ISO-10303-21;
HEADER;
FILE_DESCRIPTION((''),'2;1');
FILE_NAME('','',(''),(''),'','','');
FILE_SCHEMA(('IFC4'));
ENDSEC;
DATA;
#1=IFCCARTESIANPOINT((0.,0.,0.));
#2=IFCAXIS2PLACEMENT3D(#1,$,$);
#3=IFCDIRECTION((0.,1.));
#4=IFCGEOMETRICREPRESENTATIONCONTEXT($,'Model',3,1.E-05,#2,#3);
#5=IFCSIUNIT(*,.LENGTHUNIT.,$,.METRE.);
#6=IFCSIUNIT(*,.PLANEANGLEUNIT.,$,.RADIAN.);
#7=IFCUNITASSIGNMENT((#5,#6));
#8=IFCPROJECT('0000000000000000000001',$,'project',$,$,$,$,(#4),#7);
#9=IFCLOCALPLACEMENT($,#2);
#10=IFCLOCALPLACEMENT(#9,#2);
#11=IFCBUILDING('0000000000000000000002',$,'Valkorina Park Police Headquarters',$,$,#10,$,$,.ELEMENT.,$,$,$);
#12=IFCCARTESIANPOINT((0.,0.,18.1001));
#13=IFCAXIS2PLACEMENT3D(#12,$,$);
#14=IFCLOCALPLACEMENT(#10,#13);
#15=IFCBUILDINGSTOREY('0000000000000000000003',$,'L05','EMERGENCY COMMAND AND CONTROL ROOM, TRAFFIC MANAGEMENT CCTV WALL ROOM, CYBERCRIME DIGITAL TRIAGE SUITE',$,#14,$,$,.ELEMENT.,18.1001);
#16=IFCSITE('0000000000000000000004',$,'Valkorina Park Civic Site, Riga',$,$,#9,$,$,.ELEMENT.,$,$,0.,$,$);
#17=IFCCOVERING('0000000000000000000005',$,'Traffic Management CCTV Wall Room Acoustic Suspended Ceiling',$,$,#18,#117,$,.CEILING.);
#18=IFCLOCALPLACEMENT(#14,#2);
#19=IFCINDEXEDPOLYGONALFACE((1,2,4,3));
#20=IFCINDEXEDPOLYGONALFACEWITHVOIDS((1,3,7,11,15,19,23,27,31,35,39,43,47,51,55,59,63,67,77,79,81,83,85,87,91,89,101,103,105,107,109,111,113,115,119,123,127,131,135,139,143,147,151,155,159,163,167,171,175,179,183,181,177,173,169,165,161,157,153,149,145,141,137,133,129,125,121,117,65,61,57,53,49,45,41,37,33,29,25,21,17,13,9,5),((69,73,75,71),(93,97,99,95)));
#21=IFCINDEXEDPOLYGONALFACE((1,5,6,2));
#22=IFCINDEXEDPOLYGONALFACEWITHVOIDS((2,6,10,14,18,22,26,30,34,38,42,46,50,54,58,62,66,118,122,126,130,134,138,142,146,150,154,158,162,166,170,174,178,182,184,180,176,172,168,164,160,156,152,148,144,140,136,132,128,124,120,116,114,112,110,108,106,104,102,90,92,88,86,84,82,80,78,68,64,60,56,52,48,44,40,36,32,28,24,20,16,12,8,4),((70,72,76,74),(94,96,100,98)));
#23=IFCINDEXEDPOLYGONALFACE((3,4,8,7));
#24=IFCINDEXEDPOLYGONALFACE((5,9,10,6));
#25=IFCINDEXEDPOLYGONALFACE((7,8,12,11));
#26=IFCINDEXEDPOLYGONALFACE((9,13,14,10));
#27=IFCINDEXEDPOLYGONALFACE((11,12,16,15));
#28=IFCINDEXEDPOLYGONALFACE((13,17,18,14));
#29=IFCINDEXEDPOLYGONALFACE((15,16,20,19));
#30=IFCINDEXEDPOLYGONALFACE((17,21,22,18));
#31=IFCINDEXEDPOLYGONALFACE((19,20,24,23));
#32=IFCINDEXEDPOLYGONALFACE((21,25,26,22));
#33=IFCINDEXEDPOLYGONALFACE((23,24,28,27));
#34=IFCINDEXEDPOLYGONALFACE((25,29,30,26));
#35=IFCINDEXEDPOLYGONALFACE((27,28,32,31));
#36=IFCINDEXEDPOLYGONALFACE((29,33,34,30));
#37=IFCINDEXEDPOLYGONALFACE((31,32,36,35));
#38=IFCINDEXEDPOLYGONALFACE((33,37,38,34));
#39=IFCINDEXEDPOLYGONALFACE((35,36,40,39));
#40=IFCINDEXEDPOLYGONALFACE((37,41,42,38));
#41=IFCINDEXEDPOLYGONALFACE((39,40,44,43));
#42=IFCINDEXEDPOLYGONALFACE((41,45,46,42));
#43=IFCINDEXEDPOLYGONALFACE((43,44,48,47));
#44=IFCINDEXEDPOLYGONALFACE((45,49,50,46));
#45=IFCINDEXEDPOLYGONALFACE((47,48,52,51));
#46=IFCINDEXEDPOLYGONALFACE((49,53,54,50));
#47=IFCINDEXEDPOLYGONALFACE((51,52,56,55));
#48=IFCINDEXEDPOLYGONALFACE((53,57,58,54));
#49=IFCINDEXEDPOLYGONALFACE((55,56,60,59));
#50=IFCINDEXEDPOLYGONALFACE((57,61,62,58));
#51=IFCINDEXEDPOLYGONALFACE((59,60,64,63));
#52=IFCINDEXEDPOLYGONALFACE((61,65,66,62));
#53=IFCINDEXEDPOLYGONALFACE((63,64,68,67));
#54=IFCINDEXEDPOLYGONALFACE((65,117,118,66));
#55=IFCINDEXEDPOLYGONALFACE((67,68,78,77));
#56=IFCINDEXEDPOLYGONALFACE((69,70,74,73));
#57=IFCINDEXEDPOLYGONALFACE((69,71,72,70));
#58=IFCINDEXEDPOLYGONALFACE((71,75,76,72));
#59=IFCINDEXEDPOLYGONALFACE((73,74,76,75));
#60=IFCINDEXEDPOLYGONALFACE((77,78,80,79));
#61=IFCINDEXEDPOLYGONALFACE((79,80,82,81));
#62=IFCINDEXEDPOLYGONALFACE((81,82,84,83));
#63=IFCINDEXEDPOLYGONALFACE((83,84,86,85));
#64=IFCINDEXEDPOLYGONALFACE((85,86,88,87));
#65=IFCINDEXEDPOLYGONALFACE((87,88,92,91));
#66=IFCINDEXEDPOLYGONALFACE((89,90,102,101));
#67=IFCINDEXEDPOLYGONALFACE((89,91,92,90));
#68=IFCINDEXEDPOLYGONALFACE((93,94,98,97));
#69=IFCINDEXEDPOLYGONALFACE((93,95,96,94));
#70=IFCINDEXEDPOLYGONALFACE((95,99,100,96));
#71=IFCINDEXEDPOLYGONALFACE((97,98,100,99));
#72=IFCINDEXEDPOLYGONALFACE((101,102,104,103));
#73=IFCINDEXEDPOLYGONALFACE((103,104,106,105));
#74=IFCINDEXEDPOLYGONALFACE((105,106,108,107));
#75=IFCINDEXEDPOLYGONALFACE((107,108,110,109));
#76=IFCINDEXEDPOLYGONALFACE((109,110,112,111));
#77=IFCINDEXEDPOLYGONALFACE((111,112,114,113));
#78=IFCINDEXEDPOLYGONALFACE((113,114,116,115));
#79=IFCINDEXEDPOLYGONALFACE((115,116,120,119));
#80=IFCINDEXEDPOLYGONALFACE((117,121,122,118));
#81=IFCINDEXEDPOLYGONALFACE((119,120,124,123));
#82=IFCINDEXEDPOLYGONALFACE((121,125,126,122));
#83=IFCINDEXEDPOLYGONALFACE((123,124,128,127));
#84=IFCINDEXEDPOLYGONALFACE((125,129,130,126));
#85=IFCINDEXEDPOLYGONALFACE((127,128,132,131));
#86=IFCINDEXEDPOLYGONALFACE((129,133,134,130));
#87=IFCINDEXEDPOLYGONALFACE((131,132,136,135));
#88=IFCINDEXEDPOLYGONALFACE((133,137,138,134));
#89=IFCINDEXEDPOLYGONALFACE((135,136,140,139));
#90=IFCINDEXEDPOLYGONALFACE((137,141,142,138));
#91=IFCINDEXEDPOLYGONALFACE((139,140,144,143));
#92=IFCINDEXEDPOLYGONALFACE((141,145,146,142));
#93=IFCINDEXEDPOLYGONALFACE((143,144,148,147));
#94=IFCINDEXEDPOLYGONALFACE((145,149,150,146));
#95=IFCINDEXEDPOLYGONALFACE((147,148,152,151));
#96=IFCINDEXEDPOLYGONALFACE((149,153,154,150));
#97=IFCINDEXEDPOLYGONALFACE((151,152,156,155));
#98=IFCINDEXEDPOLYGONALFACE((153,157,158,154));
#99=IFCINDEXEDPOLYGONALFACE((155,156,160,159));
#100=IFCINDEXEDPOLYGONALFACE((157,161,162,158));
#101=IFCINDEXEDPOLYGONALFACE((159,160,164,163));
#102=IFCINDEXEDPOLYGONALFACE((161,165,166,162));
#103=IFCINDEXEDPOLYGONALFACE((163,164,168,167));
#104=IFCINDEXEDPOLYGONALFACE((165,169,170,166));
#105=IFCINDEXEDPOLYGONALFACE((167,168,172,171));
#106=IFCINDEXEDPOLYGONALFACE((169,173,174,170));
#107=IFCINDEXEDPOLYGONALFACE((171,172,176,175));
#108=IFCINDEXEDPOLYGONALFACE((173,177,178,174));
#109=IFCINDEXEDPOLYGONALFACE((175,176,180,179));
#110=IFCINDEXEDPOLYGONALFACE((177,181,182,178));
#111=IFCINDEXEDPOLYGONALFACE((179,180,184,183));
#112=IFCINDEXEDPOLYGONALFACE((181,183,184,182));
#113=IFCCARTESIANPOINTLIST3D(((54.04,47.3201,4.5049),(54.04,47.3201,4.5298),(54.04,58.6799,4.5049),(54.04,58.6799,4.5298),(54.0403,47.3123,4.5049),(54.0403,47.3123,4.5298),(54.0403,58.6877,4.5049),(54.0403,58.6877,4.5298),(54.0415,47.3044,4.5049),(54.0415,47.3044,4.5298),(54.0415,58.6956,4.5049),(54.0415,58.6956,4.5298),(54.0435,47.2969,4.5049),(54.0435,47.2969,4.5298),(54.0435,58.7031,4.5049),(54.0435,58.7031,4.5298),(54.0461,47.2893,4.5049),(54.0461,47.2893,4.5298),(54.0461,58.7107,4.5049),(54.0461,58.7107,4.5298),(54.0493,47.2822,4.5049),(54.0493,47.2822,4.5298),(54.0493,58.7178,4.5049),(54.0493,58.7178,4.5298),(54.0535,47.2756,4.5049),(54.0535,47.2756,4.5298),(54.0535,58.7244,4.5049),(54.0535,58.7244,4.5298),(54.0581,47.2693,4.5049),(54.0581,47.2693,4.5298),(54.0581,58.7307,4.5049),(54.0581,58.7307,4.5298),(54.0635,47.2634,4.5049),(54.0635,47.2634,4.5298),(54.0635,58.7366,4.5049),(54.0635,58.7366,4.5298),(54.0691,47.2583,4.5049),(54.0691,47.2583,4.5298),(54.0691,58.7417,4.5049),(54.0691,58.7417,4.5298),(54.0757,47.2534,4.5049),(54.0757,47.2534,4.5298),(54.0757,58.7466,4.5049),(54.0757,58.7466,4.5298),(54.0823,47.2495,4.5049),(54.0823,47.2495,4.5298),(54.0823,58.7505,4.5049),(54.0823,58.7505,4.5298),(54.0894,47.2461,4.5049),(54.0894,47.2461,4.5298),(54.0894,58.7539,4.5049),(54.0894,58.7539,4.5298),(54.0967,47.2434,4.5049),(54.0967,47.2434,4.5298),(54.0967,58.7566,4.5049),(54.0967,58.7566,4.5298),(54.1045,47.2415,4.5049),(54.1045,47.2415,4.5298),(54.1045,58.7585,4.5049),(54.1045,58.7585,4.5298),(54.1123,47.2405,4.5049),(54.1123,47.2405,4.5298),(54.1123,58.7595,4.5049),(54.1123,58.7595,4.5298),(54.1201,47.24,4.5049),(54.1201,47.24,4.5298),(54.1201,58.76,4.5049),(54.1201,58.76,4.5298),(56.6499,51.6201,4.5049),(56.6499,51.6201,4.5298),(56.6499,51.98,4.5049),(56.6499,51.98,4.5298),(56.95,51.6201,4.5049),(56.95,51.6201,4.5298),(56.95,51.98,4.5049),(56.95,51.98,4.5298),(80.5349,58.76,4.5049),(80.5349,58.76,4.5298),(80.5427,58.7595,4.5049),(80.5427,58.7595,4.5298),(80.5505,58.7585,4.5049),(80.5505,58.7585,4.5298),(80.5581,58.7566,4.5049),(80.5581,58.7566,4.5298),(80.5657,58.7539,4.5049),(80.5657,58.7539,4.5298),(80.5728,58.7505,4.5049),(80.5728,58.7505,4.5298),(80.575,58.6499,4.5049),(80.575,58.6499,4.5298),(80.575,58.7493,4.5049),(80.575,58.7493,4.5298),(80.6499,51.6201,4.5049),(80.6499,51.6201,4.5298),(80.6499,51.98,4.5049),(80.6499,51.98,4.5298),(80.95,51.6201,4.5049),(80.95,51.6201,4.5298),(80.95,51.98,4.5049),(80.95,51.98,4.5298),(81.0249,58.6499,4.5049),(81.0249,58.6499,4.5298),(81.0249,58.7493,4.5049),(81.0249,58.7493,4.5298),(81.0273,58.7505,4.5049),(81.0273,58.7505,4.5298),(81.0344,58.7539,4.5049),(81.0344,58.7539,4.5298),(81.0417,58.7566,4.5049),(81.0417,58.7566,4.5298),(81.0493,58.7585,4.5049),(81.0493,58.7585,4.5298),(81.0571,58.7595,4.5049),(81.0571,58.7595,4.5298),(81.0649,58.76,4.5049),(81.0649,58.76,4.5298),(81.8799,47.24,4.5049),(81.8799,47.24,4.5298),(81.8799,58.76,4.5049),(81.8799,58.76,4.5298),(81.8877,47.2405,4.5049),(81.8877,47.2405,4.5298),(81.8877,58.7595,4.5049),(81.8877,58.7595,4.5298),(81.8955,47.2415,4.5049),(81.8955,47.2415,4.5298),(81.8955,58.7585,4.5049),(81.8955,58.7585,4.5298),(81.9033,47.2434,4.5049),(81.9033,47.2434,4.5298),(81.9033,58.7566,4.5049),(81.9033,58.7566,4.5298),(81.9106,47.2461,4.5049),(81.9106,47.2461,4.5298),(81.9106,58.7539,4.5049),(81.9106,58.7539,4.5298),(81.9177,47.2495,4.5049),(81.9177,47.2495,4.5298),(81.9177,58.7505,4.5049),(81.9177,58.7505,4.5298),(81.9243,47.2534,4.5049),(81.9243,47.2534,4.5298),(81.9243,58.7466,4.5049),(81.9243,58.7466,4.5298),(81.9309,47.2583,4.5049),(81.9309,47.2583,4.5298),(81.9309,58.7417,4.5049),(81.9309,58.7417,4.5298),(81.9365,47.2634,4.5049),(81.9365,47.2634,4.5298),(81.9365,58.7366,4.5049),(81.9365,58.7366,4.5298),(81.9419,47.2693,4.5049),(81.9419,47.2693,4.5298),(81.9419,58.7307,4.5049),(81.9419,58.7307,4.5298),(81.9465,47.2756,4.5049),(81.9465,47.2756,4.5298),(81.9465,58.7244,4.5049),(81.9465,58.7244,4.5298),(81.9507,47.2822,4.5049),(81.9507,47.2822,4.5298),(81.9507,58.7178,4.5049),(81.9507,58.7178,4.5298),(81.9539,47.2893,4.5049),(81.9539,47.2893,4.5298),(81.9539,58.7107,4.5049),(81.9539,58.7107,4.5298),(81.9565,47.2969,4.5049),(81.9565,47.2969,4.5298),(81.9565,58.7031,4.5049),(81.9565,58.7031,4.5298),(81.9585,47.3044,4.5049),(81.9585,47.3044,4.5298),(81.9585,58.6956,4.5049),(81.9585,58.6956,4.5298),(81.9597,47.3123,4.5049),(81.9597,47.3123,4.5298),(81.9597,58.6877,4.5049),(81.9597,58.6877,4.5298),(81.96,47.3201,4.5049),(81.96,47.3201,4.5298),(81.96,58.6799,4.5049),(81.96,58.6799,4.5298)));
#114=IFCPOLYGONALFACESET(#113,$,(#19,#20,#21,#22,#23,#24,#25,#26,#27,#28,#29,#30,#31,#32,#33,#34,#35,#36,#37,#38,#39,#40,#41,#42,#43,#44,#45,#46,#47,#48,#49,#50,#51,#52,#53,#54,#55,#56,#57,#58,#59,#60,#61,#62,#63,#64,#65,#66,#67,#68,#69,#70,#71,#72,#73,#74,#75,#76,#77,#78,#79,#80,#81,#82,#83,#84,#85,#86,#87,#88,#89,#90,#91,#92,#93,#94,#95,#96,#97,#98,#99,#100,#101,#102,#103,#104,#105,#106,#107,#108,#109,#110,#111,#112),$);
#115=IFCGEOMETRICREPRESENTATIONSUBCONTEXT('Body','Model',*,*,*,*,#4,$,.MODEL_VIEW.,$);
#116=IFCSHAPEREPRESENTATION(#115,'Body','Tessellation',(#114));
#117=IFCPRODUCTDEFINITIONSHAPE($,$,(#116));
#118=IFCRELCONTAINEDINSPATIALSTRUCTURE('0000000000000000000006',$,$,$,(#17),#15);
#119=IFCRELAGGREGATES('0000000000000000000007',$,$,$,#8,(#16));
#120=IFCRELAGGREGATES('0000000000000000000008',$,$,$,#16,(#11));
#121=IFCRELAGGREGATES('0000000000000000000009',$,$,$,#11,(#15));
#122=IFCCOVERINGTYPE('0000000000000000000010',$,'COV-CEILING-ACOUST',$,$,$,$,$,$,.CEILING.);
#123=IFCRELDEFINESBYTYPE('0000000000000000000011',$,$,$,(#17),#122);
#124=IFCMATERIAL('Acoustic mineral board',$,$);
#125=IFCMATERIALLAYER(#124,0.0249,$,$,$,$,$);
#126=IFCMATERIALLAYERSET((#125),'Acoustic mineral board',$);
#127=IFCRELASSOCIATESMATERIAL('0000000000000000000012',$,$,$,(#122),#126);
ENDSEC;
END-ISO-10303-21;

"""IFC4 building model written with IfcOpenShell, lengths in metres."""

from ifc_helpers import new_model, si_unit, direction, frame, origin, place, context, subcontext, project, spatial, polyline, outline, extrude, material, layer, layer_set, type_object, element, save


model = new_model("IFC4")

# Units and contexts
model_context = context("Model", 3, precision=1e-05, world=origin(), true_north=direction((0.0, 1.0)))
body_context = subcontext(model_context, "Body", "Model", "MODEL_VIEW")
ifc_project = project(units=[si_unit("LENGTHUNIT", "METRE"), si_unit("PLANEANGLEUNIT", "RADIAN")], contexts=[model_context])

# Site, building, storey
site_placement = place(None, origin())
site = spatial("IfcSite", under=ifc_project, at=site_placement, Name="Valkorina Park Civic Site, Riga", CompositionType="ELEMENT", RefElevation=0.0)
building_placement = place(site_placement, origin())
building = spatial("IfcBuilding", under=site, at=building_placement, Name="Valkorina Park Police Headquarters", CompositionType="ELEMENT")
storey_placement = place(building_placement, frame((0.0, 0.0, 18.1001)))
storey = spatial("IfcBuildingStorey", under=building, at=storey_placement, Name="L05", Description="EMERGENCY COMMAND AND CONTROL ROOM, TRAFFIC MANAGEMENT CCTV WALL ROOM, CYBERCRIME DIGITAL TRIAGE SUITE", CompositionType="ELEMENT", Elevation=18.1001)

# Covering
ifc_material_1 = material(Name="Acoustic mineral board")
ifc_layer_1 = layer(ifc_material_1, 0.0249)
ifc_layer_set_1 = layer_set([ifc_layer_1], Name="Acoustic mineral board")
covering_type_1 = type_object("IfcCoveringType", Name="COV-CEILING-ACOUST", PredefinedType="CEILING", material=ifc_layer_set_1)
covering_1_placement = place(storey_placement, frame((0.0, 0.0, 4.5049)))
element("IfcCovering", 1, at=covering_1_placement, inside=storey, type_object=covering_type_1, Name="Traffic Management CCTV Wall Room Acoustic Suspended Ceiling", PredefinedType="CEILING", context=body_context, shape_type="SweptSolid", body=[
    extrude(outline(polyline([(80.5505, 58.7585), (80.5427, 58.7595), (80.5349, 58.76), (54.1201, 58.76), (54.1123, 58.7595), (54.1045, 58.7585), (54.0967, 58.7566), (54.0894, 58.7539), (54.0823, 58.7505), (54.0757, 58.7466), (54.0691, 58.7417), (54.0635, 58.7366), (54.0581, 58.7307), (54.0535, 58.7244), (54.0493, 58.7178), (54.0461, 58.7107), (54.0435, 58.7031), (54.0415, 58.6956), (54.0403, 58.6877), (54.04, 58.6799), (54.04, 47.3201), (54.0403, 47.3123), (54.0415, 47.3044), (54.0435, 47.2969), (54.0461, 47.2893), (54.0493, 47.2822), (54.0535, 47.2756), (54.0581, 47.2693), (54.0635, 47.2634), (54.0691, 47.2583), (54.0757, 47.2534), (54.0823, 47.2495), (54.0894, 47.2461), (54.0967, 47.2434), (54.1045, 47.2415), (54.1123, 47.2405), (54.1201, 47.24), (81.8799, 47.24), (81.8877, 47.2405), (81.8955, 47.2415), (81.9033, 47.2434), (81.9106, 47.2461), (81.9177, 47.2495), (81.9243, 47.2534), (81.9309, 47.2583), (81.9365, 47.2634), (81.9419, 47.2693), (81.9465, 47.2756), (81.9507, 47.2822), (81.9539, 47.2893), (81.9565, 47.2969), (81.9585, 47.3044), (81.9597, 47.3123), (81.96, 47.3201), (81.96, 58.6799), (81.9597, 58.6877), (81.9585, 58.6956), (81.9565, 58.7031), (81.9539, 58.7107), (81.9507, 58.7178), (81.9465, 58.7244), (81.9419, 58.7307), (81.9365, 58.7366), (81.9309, 58.7417), (81.9243, 58.7466), (81.9177, 58.7505), (81.9106, 58.7539), (81.9033, 58.7566), (81.8955, 58.7585), (81.8877, 58.7595), (81.8799, 58.76), (81.0649, 58.76), (81.0571, 58.7595), (81.0493, 58.7585), (81.0417, 58.7566), (81.0344, 58.7539), (81.0273, 58.7505), (81.0249, 58.7493), (81.0249, 58.6499), (80.575, 58.6499), (80.575, 58.7493), (80.5728, 58.7505), (80.5657, 58.7539), (80.5581, 58.7566), (80.5505, 58.7585)]), holes=[polyline([(80.6499, 51.98), (80.95, 51.98), (80.95, 51.6201), (80.6499, 51.6201), (80.6499, 51.98)]), polyline([(56.95, 51.98), (56.95, 51.6201), (56.6499, 51.6201), (56.6499, 51.98), (56.95, 51.98)])]), origin(), (0.0, 0.0, 1.0), 0.0249),
])

save(model, "model.ifc")
